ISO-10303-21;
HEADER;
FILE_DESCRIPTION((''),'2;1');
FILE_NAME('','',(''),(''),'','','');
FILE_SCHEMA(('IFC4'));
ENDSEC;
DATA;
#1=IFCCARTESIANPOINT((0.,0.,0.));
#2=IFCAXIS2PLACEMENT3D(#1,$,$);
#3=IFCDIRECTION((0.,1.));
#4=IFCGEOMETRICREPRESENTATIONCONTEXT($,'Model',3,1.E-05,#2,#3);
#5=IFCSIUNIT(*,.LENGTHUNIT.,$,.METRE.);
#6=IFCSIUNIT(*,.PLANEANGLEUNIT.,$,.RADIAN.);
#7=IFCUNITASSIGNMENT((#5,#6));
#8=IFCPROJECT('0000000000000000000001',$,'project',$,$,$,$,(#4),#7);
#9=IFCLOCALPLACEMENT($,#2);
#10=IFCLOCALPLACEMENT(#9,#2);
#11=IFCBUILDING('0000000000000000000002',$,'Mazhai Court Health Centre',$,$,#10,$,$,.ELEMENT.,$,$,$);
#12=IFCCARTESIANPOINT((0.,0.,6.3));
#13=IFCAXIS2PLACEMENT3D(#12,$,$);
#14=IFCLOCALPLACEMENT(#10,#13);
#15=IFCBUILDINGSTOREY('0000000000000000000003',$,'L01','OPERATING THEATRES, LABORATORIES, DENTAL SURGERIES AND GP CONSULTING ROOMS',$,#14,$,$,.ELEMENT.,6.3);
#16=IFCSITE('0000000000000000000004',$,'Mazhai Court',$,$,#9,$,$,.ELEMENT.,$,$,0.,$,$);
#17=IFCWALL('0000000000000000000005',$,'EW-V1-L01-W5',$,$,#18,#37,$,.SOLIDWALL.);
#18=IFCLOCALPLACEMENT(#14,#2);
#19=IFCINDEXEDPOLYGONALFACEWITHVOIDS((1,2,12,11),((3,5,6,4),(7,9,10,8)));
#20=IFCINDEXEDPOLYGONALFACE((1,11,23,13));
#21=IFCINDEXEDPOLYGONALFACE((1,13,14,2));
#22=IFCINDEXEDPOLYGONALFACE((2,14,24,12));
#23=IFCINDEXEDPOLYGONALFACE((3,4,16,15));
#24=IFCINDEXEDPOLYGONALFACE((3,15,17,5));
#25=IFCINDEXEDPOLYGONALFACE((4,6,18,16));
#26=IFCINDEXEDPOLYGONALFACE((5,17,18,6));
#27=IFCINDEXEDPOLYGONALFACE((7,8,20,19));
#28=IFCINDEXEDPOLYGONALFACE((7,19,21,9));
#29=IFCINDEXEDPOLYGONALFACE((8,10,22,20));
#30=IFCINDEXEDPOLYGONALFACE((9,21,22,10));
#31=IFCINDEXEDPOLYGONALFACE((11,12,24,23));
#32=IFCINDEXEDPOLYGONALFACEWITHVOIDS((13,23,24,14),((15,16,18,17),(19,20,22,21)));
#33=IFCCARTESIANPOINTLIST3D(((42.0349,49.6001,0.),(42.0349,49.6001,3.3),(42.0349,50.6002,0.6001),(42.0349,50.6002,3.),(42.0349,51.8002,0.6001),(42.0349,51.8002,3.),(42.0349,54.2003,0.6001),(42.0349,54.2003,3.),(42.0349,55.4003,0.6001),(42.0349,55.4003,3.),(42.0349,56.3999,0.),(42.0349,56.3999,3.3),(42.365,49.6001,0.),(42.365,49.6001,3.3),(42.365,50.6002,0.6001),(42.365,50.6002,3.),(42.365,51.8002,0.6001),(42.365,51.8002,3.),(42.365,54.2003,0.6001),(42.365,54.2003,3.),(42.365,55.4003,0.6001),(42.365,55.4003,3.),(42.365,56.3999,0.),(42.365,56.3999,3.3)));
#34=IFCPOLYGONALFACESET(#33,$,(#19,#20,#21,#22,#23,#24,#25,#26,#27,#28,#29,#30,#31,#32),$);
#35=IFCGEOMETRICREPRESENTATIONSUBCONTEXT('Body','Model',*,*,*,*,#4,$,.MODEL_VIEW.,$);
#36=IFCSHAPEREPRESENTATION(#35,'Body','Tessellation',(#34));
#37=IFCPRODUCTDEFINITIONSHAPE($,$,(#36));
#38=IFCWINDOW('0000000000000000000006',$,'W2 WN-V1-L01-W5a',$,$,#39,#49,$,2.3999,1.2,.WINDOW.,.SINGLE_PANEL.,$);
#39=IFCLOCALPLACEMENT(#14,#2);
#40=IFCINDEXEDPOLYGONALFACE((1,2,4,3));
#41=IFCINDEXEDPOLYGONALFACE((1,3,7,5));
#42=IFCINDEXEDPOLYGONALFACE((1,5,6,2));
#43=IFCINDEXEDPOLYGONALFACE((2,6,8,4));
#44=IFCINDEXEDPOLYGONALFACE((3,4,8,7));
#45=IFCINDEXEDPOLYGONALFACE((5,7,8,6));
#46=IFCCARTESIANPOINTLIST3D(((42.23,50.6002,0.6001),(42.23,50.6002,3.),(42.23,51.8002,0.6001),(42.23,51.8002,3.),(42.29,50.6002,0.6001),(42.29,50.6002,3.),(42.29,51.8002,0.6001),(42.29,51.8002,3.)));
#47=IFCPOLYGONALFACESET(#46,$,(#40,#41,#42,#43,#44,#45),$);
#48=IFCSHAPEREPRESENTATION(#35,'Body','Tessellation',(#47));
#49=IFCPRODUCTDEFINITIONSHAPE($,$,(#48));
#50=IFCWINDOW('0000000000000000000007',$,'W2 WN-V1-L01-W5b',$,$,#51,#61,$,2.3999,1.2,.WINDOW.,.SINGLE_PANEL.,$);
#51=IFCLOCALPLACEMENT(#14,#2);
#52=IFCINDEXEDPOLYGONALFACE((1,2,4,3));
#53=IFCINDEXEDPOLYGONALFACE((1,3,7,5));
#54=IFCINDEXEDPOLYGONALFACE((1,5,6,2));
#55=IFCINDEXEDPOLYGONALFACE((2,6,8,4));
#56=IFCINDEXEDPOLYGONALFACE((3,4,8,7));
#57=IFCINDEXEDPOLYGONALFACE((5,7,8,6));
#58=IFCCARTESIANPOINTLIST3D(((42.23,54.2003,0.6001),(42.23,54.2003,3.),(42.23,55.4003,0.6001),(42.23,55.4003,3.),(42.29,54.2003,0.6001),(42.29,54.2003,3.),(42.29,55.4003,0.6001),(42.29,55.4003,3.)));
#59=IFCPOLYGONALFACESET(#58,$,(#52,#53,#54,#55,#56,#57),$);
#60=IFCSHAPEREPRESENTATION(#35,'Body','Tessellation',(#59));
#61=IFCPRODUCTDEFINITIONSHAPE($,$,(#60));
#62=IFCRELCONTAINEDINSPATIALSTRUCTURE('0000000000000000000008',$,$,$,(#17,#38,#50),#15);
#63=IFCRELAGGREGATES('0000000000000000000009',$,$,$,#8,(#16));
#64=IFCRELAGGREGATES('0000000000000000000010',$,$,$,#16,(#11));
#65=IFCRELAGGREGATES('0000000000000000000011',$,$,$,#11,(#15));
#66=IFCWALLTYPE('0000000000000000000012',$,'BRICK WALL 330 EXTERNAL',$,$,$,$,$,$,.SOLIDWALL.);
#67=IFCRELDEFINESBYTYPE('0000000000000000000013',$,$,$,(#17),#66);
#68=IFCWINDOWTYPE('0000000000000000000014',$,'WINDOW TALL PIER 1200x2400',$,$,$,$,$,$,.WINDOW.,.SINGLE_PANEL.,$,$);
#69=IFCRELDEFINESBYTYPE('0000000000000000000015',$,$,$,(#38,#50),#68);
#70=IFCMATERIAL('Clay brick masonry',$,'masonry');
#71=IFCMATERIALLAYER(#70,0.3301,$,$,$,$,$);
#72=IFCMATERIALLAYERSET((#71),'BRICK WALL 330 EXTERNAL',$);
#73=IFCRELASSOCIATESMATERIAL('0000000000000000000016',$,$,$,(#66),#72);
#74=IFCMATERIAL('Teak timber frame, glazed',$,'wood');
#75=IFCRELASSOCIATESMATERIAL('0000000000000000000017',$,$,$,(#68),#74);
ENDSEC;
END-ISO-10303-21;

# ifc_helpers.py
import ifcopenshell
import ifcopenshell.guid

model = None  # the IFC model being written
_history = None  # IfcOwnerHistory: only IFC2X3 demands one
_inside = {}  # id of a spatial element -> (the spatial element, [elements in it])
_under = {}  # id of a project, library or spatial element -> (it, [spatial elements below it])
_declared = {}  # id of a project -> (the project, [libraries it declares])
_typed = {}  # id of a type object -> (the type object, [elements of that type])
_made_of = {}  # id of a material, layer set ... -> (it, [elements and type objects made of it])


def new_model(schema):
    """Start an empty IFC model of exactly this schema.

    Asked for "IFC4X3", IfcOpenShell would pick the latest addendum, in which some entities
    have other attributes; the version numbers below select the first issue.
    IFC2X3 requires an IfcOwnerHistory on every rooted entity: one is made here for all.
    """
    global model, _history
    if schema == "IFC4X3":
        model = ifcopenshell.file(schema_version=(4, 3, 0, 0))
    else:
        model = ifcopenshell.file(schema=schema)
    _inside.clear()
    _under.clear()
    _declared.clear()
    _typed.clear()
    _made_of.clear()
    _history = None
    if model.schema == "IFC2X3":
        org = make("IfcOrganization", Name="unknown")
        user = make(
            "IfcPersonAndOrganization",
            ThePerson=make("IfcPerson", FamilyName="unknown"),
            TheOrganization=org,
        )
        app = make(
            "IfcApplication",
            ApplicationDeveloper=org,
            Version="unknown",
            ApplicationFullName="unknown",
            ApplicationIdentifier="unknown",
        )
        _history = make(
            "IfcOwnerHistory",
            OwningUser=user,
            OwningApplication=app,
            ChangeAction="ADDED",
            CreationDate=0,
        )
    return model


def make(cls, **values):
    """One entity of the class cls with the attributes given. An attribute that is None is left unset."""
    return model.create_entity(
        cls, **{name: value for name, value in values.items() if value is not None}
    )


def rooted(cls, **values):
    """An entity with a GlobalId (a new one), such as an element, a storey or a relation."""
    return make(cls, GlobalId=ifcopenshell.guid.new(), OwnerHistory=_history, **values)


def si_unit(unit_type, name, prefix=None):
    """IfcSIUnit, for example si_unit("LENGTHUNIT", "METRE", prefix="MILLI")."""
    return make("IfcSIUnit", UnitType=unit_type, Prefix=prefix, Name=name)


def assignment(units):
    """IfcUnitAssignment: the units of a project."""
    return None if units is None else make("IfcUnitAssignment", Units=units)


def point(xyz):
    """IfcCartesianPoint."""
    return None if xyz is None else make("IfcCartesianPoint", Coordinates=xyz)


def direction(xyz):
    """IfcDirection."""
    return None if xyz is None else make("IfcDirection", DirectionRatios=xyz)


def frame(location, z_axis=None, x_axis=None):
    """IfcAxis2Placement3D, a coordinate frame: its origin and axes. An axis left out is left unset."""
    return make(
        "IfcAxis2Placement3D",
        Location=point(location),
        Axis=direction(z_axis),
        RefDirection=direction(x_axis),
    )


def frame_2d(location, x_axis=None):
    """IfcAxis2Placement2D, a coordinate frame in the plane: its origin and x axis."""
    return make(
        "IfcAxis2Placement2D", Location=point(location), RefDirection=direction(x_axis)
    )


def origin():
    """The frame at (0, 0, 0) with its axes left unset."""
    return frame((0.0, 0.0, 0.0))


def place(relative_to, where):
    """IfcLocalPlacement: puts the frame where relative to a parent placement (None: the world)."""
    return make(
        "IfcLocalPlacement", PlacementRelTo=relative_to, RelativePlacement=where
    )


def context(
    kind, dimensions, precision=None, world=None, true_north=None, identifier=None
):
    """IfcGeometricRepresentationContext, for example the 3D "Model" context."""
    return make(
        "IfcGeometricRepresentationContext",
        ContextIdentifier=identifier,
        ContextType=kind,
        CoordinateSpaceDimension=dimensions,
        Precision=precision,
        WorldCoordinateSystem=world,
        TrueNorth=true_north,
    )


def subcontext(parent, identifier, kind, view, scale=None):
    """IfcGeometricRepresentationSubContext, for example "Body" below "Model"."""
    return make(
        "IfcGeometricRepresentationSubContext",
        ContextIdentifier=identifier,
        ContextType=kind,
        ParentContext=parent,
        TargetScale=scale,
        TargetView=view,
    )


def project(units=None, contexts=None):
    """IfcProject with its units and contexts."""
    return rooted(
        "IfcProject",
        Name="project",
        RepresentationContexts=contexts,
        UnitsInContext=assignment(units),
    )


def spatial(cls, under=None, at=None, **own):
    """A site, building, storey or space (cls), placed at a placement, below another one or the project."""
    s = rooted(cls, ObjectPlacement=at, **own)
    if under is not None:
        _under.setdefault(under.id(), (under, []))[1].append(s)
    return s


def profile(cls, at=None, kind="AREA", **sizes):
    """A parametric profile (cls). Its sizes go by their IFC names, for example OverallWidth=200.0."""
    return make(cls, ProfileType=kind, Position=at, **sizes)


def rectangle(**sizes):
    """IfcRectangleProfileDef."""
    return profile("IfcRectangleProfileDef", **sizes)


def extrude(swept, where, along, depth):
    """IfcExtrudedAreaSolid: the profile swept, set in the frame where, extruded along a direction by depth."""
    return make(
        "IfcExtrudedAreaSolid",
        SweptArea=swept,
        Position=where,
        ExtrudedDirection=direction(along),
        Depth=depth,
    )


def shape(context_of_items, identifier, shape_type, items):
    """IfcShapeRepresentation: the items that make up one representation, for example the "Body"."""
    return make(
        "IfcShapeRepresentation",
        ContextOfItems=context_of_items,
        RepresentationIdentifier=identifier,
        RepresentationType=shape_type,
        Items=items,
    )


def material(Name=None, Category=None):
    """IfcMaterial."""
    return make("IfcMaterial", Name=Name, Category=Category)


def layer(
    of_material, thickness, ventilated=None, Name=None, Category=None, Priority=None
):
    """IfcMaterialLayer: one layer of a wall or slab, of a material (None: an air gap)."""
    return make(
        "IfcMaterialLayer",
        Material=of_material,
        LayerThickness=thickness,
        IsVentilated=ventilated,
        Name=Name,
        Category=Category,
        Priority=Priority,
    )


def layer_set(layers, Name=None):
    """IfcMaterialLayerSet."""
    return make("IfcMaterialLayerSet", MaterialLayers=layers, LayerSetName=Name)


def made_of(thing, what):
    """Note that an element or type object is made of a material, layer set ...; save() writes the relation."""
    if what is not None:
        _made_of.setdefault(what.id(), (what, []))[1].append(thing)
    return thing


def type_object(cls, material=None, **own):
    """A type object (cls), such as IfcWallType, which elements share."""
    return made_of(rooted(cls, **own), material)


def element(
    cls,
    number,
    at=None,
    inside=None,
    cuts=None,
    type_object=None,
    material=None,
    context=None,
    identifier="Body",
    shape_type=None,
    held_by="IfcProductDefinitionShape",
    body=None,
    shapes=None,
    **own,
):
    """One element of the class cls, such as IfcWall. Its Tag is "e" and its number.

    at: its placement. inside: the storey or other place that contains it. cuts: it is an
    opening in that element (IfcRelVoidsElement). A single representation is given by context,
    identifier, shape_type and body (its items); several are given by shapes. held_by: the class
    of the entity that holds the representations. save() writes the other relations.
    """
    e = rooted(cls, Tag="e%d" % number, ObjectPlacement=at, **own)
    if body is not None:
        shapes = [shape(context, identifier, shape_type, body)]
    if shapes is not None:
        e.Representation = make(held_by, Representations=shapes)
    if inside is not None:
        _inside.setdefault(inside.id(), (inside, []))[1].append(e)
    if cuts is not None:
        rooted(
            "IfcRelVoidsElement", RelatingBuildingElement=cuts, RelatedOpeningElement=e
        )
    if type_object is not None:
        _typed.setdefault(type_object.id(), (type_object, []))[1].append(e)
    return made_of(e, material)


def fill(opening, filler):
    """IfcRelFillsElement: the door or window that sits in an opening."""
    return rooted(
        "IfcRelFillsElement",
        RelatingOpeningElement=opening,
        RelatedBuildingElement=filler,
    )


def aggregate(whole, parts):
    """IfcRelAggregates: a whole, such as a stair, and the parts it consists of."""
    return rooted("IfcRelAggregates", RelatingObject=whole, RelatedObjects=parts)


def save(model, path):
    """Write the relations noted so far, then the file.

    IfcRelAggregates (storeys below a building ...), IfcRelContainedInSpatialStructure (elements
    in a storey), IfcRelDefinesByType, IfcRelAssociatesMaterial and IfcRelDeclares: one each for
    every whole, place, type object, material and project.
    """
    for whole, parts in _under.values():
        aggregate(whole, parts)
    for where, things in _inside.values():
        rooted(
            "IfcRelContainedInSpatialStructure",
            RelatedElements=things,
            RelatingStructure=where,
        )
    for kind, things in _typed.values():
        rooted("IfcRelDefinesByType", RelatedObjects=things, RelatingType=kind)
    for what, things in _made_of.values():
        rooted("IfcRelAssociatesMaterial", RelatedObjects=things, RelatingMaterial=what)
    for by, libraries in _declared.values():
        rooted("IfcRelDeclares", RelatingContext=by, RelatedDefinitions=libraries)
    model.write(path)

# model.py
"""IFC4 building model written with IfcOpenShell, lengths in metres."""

from ifc_helpers import new_model, si_unit, direction, frame, frame_2d, origin, place, context, subcontext, project, spatial, rectangle, extrude, material, layer, layer_set, type_object, element, fill, save


model = new_model("IFC4")

# Units and contexts
model_context = context("Model", 3, precision=1e-05, world=origin(), true_north=direction((0.0, 1.0)))
body_context = subcontext(model_context, "Body", "Model", "MODEL_VIEW")
ifc_project = project(units=[si_unit("LENGTHUNIT", "METRE"), si_unit("PLANEANGLEUNIT", "RADIAN")], contexts=[model_context])

# Site, building, storey
site_placement = place(None, origin())
site = spatial("IfcSite", under=ifc_project, at=site_placement, Name="Mazhai Court", CompositionType="ELEMENT", RefElevation=0.0)
building_placement = place(site_placement, origin())
building = spatial("IfcBuilding", under=site, at=building_placement, Name="Mazhai Court Health Centre", CompositionType="ELEMENT")
storey_placement = place(building_placement, frame((0.0, 0.0, 6.3)))
storey = spatial("IfcBuildingStorey", under=building, at=storey_placement, Name="L01", Description="OPERATING THEATRES, LABORATORIES, DENTAL SURGERIES AND GP CONSULTING ROOMS", CompositionType="ELEMENT", Elevation=6.3)

# Shared definitions
ifc_material_1 = material(Name="Clay brick masonry", Category="masonry")
ifc_layer_1 = layer(ifc_material_1, 0.3301)
ifc_layer_set_1 = layer_set([ifc_layer_1], Name="BRICK WALL 330 EXTERNAL")
wall_type_1 = type_object("IfcWallType", Name="BRICK WALL 330 EXTERNAL", PredefinedType="SOLIDWALL", material=ifc_layer_set_1)

# Wall, openings, windows
ifc_material_2 = material(Name="Teak timber frame, glazed", Category="wood")
window_type_1 = type_object("IfcWindowType", Name="WINDOW TALL PIER 1200x2400", PartitioningType="SINGLE_PANEL", PredefinedType="WINDOW", material=ifc_material_2)
wall_1_placement = place(storey_placement, frame((42.2, 49.6001, 0.0), z_axis=(0.0, 0.0, 1.0), x_axis=(0.0, 1.0, 0.0)))
wall_1 = element("IfcWall", 1, at=wall_1_placement, inside=storey, type_object=wall_type_1, Name="EW-V1-L01-W5", PredefinedType="SOLIDWALL", context=body_context, shape_type="SweptSolid", body=[
    extrude(rectangle(XDim=6.7998, YDim=0.3301, at=frame_2d((3.3999, 0.0))), origin(), (0.0, 0.0, 1.0), 3.3),
])
opening_1_placement = place(wall_1_placement, frame((1.0, 0.0, 0.6001)))
opening_1 = element("IfcOpeningElement", 2, at=opening_1_placement, cuts=wall_1, PredefinedType="OPENING", context=body_context, shape_type="SweptSolid", body=[
    extrude(rectangle(XDim=1.2, YDim=2.3999, at=frame_2d((0.6001, 1.2))), frame((0.0, 0.175, 0.0), z_axis=(0.0, -1.0, 0.0), x_axis=(1.0, 0.0, 0.0)), (0.0, 0.0, 1.0), 0.3501),
])
opening_2_placement = place(wall_1_placement, frame((4.6001, 0.0, 0.6001)))
opening_2 = element("IfcOpeningElement", 3, at=opening_2_placement, cuts=wall_1, PredefinedType="OPENING", context=body_context, shape_type="SweptSolid", body=[
    extrude(rectangle(XDim=1.2, YDim=2.3999, at=frame_2d((0.6001, 1.2))), frame((0.0, 0.175, 0.0), z_axis=(0.0, -1.0, 0.0), x_axis=(1.0, 0.0, 0.0)), (0.0, 0.0, 1.0), 0.3501),
])
window_1_placement = place(opening_1_placement, origin())
window_1 = element("IfcWindow", 4, at=window_1_placement, inside=storey, type_object=window_type_1, Name="W2 WN-V1-L01-W5a", OverallHeight=2.3999, OverallWidth=1.2, PartitioningType="SINGLE_PANEL", PredefinedType="WINDOW", context=body_context, shape_type="SweptSolid", body=[
    extrude(rectangle(XDim=1.2, YDim=2.3999, at=frame_2d((0.6001, 1.2))), frame((0.0, -0.03, 0.0), z_axis=(0.0, -1.0, 0.0), x_axis=(1.0, 0.0, 0.0)), (0.0, 0.0, 1.0), 0.0601),
])
fill(opening_1, window_1)
window_2_placement = place(opening_2_placement, origin())
window_2 = element("IfcWindow", 5, at=window_2_placement, inside=storey, type_object=window_type_1, Name="W2 WN-V1-L01-W5b", OverallHeight=2.3999, OverallWidth=1.2, PartitioningType="SINGLE_PANEL", PredefinedType="WINDOW", context=body_context, shape_type="SweptSolid", body=[
    extrude(rectangle(XDim=1.2, YDim=2.3999, at=frame_2d((0.6001, 1.2))), frame((0.0, -0.03, 0.0), z_axis=(0.0, -1.0, 0.0), x_axis=(1.0, 0.0, 0.0)), (0.0, 0.0, 1.0), 0.0601),
])
fill(opening_2, window_2)

save(model, "model.ifc")
